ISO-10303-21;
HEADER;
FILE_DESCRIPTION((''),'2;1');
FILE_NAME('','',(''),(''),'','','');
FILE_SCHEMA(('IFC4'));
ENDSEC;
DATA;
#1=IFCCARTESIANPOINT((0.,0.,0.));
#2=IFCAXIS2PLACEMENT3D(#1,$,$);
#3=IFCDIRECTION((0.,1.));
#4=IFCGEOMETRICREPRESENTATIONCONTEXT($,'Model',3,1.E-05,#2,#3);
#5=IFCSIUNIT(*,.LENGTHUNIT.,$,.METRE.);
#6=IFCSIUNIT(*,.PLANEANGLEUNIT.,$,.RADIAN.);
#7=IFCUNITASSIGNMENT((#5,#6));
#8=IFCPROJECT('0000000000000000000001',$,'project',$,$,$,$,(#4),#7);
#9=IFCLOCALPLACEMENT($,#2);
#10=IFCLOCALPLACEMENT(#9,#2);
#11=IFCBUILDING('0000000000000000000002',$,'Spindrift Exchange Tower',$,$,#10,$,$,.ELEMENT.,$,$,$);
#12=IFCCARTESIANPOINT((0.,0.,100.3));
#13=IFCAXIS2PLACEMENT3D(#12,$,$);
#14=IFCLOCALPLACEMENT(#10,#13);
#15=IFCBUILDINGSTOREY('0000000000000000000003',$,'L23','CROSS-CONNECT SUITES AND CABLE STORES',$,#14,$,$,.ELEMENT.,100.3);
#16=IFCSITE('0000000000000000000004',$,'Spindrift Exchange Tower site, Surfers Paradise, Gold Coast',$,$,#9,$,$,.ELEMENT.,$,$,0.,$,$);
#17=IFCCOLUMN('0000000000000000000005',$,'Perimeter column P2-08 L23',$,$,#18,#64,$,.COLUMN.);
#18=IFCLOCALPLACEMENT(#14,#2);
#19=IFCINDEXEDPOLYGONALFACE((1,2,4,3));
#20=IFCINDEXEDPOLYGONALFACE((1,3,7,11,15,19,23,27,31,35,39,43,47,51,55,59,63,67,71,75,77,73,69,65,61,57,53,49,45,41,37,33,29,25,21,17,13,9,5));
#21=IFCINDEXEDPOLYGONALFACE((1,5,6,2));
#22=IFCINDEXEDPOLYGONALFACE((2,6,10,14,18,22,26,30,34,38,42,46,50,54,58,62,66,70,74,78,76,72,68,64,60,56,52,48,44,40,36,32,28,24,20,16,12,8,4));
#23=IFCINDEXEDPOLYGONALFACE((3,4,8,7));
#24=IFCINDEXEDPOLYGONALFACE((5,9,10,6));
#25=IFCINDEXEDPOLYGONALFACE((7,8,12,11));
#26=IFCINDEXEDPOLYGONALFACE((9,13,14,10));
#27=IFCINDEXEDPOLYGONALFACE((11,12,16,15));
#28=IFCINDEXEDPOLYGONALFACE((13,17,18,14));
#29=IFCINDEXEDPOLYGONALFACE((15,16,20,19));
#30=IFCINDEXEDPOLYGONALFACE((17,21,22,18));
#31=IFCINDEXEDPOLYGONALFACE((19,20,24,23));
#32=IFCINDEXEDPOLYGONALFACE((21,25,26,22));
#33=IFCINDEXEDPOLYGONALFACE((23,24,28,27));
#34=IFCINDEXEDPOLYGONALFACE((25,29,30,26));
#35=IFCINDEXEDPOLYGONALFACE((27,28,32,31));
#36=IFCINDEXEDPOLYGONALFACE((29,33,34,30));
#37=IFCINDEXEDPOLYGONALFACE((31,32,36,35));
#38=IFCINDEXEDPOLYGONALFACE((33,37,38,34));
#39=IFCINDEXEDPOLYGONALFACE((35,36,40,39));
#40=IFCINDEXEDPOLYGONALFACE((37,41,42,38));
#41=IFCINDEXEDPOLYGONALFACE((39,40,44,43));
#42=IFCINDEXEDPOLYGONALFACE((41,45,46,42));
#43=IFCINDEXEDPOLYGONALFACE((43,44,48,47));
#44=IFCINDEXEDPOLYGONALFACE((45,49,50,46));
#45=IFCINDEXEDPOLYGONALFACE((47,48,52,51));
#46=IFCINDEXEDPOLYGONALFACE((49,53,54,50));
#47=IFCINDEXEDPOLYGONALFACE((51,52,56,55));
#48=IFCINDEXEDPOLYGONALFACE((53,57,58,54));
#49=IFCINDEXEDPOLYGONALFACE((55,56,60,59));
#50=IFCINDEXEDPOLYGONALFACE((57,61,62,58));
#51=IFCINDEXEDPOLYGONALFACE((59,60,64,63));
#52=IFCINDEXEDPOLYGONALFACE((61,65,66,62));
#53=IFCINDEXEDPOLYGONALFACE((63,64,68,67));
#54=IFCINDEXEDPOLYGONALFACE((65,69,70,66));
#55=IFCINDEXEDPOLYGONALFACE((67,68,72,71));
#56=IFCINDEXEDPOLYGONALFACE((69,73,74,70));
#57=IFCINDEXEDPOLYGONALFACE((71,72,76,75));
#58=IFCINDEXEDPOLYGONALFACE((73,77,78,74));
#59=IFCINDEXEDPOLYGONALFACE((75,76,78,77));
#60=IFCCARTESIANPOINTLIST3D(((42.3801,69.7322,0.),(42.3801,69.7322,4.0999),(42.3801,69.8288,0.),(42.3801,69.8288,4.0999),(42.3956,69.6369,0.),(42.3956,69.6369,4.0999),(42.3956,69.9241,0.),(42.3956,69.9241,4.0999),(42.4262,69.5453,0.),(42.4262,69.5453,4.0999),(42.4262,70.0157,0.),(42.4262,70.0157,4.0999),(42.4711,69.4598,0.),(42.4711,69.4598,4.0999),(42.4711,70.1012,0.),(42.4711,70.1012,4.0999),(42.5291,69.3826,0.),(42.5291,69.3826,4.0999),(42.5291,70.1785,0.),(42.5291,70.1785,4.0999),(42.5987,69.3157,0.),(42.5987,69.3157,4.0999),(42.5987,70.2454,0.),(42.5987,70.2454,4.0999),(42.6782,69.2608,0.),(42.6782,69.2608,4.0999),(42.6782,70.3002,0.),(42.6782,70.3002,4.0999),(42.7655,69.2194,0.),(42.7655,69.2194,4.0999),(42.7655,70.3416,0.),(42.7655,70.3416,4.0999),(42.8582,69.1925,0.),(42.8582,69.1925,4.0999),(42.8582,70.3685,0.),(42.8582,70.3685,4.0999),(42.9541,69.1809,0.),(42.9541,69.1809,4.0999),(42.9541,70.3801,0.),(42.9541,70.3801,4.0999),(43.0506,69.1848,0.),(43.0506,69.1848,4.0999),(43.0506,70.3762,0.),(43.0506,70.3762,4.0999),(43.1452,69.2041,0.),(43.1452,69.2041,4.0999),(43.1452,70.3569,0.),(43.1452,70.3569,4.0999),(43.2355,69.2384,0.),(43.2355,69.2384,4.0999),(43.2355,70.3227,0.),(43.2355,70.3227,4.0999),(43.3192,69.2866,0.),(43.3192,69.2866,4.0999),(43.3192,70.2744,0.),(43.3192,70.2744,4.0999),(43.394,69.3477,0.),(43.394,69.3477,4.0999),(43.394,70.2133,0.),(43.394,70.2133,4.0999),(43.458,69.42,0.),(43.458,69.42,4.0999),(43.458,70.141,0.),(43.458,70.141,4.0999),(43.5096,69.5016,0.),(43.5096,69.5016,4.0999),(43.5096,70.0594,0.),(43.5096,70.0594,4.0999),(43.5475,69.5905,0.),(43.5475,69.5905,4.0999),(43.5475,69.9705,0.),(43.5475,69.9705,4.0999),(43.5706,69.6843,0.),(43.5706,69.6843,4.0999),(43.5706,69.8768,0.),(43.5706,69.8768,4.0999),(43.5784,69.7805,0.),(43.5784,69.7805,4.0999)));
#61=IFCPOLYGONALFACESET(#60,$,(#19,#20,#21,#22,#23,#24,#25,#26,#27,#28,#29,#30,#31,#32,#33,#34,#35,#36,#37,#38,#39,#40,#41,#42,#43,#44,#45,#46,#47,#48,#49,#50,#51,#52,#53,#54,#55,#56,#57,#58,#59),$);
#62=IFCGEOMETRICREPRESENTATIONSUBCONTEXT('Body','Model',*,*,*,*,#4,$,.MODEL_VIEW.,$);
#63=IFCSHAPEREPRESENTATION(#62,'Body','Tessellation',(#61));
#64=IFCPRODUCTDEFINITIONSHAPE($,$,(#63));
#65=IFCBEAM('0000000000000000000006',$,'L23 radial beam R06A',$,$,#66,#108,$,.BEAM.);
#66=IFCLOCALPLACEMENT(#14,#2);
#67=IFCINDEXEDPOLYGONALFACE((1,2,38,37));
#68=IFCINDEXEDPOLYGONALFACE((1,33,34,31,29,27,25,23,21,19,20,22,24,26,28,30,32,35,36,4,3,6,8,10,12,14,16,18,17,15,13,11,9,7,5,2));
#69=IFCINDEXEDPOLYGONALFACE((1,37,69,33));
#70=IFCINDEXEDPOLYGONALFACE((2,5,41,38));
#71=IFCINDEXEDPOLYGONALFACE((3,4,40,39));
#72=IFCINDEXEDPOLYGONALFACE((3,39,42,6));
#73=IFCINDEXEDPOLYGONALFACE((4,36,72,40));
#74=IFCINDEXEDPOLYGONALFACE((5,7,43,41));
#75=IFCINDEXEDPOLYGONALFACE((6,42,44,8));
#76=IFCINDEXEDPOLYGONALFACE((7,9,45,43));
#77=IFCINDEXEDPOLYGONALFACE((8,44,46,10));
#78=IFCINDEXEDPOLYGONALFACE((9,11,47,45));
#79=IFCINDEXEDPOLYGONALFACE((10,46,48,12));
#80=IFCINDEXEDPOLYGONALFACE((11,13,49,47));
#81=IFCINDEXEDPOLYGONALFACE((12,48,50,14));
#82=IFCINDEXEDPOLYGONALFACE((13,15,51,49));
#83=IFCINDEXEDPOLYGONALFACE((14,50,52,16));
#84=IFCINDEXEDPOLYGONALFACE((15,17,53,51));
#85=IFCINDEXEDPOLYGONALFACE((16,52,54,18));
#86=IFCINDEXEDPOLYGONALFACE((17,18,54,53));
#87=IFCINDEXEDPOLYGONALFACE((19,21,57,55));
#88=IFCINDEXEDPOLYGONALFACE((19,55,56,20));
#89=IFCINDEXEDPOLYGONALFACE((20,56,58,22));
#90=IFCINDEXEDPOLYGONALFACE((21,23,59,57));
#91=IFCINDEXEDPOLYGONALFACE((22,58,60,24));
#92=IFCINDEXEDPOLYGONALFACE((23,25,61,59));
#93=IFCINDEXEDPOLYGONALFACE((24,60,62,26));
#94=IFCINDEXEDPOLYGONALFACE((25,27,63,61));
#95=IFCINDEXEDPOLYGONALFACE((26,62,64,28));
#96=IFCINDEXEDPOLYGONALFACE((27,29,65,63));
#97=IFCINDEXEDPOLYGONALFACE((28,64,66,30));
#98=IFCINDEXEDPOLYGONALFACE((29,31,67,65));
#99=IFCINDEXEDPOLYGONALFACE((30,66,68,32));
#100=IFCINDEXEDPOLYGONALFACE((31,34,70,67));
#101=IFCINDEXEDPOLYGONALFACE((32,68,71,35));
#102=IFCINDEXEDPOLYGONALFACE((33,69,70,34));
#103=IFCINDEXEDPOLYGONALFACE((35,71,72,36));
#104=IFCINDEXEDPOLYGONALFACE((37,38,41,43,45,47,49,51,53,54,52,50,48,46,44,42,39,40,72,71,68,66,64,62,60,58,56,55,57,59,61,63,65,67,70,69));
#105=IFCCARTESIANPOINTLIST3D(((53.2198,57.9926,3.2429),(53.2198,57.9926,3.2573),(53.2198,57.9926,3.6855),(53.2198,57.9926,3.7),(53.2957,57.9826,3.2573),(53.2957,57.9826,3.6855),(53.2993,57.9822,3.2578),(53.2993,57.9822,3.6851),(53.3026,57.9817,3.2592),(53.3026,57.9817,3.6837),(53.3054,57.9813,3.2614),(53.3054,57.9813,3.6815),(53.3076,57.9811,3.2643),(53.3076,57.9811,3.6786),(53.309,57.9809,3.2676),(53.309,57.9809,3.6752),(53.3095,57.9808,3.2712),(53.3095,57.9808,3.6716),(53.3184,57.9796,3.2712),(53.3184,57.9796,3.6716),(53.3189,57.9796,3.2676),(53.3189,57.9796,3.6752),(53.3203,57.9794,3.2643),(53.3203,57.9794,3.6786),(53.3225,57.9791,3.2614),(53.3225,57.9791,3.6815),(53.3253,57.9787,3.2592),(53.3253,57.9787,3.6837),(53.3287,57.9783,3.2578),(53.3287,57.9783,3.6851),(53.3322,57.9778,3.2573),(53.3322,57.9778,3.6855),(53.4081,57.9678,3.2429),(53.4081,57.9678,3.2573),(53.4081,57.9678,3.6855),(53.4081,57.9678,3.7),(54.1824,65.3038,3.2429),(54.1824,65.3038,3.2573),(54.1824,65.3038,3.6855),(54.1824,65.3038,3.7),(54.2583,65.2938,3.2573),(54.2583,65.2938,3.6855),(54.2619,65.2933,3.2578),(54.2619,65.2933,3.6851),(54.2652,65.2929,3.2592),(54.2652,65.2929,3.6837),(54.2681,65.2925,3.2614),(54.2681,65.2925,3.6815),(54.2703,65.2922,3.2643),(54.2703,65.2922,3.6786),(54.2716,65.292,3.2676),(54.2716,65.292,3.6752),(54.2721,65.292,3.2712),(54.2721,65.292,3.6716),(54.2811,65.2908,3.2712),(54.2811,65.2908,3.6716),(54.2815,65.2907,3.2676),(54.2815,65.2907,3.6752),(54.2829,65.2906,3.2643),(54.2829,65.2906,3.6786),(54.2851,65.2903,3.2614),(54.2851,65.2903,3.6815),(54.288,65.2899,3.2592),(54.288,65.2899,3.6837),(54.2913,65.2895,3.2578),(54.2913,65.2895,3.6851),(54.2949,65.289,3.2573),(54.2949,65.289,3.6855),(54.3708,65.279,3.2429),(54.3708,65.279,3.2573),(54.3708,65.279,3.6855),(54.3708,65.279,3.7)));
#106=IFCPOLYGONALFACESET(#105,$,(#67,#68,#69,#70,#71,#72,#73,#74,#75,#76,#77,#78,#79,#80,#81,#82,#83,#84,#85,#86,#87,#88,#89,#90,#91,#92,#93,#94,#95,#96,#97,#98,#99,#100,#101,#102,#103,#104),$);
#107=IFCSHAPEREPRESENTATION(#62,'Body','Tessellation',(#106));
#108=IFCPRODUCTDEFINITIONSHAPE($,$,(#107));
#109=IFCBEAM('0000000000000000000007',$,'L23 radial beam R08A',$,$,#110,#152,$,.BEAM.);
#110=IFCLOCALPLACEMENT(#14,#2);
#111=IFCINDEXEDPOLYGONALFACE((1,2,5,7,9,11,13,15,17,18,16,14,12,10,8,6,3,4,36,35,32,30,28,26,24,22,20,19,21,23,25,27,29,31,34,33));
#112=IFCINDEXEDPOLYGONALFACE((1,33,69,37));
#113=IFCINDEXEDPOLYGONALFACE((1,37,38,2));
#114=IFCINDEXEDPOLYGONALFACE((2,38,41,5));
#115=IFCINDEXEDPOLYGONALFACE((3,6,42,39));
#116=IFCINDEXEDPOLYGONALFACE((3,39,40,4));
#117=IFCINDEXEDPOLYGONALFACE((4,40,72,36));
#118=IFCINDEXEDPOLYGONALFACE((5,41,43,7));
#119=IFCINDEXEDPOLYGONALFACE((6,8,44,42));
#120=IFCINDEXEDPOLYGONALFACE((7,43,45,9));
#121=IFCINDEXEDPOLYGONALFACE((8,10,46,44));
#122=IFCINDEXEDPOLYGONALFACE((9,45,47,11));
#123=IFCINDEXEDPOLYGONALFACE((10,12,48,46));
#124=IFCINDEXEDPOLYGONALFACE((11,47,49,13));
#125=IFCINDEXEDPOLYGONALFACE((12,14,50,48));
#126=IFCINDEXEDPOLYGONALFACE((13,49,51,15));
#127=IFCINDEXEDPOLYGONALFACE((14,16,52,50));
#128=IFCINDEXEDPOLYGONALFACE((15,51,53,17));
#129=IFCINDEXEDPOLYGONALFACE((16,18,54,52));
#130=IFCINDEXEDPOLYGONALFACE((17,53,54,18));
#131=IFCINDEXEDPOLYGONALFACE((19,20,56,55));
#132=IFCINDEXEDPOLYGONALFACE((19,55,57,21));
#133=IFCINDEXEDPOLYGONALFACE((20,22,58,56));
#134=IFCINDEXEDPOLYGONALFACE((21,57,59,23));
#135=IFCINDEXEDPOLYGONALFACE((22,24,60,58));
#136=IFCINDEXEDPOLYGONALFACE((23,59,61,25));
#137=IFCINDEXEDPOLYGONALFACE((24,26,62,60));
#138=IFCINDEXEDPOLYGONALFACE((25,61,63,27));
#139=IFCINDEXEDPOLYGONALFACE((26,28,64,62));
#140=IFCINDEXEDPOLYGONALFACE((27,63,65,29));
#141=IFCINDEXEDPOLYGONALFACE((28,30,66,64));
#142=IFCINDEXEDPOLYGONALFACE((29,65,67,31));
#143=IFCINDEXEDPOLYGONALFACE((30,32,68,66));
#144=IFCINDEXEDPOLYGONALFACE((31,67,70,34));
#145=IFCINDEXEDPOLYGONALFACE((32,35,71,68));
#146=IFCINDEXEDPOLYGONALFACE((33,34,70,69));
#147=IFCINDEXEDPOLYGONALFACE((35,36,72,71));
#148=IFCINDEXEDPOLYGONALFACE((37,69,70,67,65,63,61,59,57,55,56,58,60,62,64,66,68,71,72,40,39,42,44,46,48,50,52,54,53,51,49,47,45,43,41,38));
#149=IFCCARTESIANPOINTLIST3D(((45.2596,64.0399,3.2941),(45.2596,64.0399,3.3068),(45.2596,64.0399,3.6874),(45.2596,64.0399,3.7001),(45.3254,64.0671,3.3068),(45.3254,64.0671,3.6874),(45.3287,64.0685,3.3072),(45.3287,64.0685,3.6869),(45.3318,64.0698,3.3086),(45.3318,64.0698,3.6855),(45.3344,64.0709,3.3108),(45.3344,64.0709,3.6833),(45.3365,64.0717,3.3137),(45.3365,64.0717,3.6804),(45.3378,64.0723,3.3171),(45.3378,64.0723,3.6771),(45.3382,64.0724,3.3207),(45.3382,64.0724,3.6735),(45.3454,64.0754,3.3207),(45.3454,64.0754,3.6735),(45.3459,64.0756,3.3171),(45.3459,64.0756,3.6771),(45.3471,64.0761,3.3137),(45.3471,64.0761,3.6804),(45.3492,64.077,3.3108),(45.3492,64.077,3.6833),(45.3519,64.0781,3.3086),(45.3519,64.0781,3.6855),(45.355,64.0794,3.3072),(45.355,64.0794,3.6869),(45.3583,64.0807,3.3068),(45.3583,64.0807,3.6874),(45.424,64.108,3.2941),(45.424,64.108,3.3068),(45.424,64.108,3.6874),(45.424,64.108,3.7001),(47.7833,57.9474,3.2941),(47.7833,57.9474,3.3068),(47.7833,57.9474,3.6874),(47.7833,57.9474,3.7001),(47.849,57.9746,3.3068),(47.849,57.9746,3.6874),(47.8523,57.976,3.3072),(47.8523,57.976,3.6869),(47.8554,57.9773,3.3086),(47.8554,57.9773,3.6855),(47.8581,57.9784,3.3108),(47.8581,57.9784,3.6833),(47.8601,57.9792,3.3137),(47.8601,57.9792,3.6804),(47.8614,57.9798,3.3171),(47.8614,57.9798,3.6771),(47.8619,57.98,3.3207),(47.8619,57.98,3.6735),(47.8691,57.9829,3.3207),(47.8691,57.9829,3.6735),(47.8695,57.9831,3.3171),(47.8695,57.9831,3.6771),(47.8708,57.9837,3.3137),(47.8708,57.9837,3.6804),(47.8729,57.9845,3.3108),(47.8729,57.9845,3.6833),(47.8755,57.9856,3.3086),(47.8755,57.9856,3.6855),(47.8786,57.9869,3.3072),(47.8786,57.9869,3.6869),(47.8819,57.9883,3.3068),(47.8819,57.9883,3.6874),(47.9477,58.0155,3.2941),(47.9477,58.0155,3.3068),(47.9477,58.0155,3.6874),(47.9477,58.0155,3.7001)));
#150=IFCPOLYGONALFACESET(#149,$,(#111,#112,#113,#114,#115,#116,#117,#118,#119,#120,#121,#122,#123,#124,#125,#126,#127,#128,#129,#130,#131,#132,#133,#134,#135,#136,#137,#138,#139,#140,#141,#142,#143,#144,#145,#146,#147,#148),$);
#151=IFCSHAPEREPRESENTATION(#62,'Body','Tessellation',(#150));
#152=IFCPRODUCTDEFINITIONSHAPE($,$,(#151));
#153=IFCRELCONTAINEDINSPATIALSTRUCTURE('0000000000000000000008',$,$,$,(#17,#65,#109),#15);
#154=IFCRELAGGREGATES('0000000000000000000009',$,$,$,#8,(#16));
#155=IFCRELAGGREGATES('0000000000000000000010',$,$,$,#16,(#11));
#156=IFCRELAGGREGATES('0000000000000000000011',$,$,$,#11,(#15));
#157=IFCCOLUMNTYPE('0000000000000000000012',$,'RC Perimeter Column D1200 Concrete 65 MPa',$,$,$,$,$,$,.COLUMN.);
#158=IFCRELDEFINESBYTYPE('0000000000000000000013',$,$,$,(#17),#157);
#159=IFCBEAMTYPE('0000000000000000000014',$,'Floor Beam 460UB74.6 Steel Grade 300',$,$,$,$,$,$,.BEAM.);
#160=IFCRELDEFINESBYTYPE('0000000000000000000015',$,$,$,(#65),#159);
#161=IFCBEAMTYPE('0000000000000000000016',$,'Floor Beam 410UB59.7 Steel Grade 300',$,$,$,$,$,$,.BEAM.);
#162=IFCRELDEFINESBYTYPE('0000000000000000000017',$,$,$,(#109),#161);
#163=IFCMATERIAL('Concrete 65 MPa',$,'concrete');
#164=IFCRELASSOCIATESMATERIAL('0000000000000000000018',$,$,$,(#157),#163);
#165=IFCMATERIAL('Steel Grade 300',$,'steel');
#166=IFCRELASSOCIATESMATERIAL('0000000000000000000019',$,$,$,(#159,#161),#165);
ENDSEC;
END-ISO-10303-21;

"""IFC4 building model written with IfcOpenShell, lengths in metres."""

from ifc_helpers import new_model, si_unit, direction, frame, origin, origin_2d, place, context, subcontext, project, spatial, circle, i_section, extrude, source, transform, mapped, material, material_profile, profile_set, type_object, element, save


model = new_model("IFC4")

# Units and contexts
model_context = context("Model", 3, precision=1e-05, world=origin(), true_north=direction((0.0, 1.0)))
body_context = subcontext(model_context, "Body", "Model", "MODEL_VIEW")
ifc_project = project(units=[si_unit("LENGTHUNIT", "METRE"), si_unit("PLANEANGLEUNIT", "RADIAN")], contexts=[model_context])

# Site, building, storey
site_placement = place(None, origin())
site = spatial("IfcSite", under=ifc_project, at=site_placement, Name="Spindrift Exchange Tower site, Surfers Paradise, Gold Coast", CompositionType="ELEMENT", RefElevation=0.0)
building_placement = place(site_placement, origin())
building = spatial("IfcBuilding", under=site, at=building_placement, Name="Spindrift Exchange Tower", CompositionType="ELEMENT")
storey_placement = place(building_placement, frame((0.0, 0.0, 100.3)))
storey = spatial("IfcBuildingStorey", under=building, at=storey_placement, Name="L23", Description="CROSS-CONNECT SUITES AND CABLE STORES", CompositionType="ELEMENT", Elevation=100.3)

# Column
ifc_material_1 = material(Name="Concrete 65 MPa", Category="concrete")
ifc_material_profile_1 = material_profile(ifc_material_1, circle(Radius=0.6001, at=origin_2d()), Name="RC D1200")
ifc_profile_set_1 = profile_set([ifc_material_profile_1], Name="Concrete 65 MPa")
column_type_1 = type_object("IfcColumnType", Name="RC Perimeter Column D1200 Concrete 65 MPa", PredefinedType="COLUMN", material=ifc_profile_set_1)
shared_shape_1 = source(origin(), body_context, "Body", "SweptSolid", [
    extrude(circle(Radius=0.6001, at=origin_2d()), origin(), (0.0, 0.0, 1.0), 4.0999),
])
for number, where, z_axis, x_axis, name in (
    (1, (42.9783, 69.7805, 0.0), (0.0, 0.0, 1.0), (1.0, 0.0, 0.0), "Perimeter column P2-08 L23"),
):
    element("IfcColumn", number, at=place(storey_placement, frame(where, z_axis=z_axis, x_axis=x_axis)), inside=storey, type_object=column_type_1, Name=name, PredefinedType="COLUMN", context=body_context, shape_type="MappedRepresentation", body=[
        mapped(shared_shape_1, transform((0.0, 0.0, 0.0), scale=1.0)),
    ])

# Beams
ifc_material_2 = material(Name="Steel Grade 300", Category="steel")
ifc_material_profile_2 = material_profile(ifc_material_2, i_section(OverallWidth=0.1899, OverallDepth=0.457, WebThickness=0.009, FlangeThickness=0.0144, FilletRadius=0.0139, at=origin_2d()), Name="460UB74.6")
ifc_profile_set_2 = profile_set([ifc_material_profile_2], Name="Steel Grade 300")
beam_type_1 = type_object("IfcBeamType", Name="Floor Beam 460UB74.6 Steel Grade 300", PredefinedType="BEAM", material=ifc_profile_set_2)
shared_shape_2 = source(origin(), body_context, "Body", "SweptSolid", [
    extrude(i_section(OverallWidth=0.1899, OverallDepth=0.457, WebThickness=0.009, FlangeThickness=0.0144, FilletRadius=0.0139, at=origin_2d()), origin(), (0.0, 0.0, 1.0), 7.3743),
])
beam_1_placement = place(storey_placement, frame((53.314, 57.9802, 3.4714), z_axis=(0.130539, 0.991443, 0.0), x_axis=(-0.991443, 0.130539, 0.0)))
element("IfcBeam", 2, at=beam_1_placement, inside=storey, type_object=beam_type_1, Name="L23 radial beam R06A", PredefinedType="BEAM", context=body_context, shape_type="MappedRepresentation", body=[
    mapped(shared_shape_2, transform((0.0, 0.0, 0.0), scale=1.0)),
])
ifc_material_profile_3 = material_profile(ifc_material_2, i_section(OverallWidth=0.178, OverallDepth=0.406, WebThickness=0.0078, FlangeThickness=0.0127, FilletRadius=0.0139, at=origin_2d()), Name="410UB59.7")
ifc_profile_set_3 = profile_set([ifc_material_profile_3], Name="Steel Grade 300")
beam_type_2 = type_object("IfcBeamType", Name="Floor Beam 410UB59.7 Steel Grade 300", PredefinedType="BEAM", material=ifc_profile_set_3)
shared_shape_3 = source(origin(), body_context, "Body", "SweptSolid", [
    extrude(i_section(OverallWidth=0.178, OverallDepth=0.406, WebThickness=0.0078, FlangeThickness=0.0127, FilletRadius=0.0139, at=origin_2d()), origin(), (0.0, 0.0, 1.0), 6.5945),
])
beam_2_placement = place(storey_placement, frame((47.8655, 57.9814, 3.4971), z_axis=(-0.382693, 0.923876, 0.0), x_axis=(-0.923876, -0.382693, 0.0)))
element("IfcBeam", 3, at=beam_2_placement, inside=storey, type_object=beam_type_2, Name="L23 radial beam R08A", PredefinedType="BEAM", context=body_context, shape_type="MappedRepresentation", body=[
    mapped(shared_shape_3, transform((0.0, 0.0, 0.0), scale=1.0)),
])

save(model, "model.ifc")
